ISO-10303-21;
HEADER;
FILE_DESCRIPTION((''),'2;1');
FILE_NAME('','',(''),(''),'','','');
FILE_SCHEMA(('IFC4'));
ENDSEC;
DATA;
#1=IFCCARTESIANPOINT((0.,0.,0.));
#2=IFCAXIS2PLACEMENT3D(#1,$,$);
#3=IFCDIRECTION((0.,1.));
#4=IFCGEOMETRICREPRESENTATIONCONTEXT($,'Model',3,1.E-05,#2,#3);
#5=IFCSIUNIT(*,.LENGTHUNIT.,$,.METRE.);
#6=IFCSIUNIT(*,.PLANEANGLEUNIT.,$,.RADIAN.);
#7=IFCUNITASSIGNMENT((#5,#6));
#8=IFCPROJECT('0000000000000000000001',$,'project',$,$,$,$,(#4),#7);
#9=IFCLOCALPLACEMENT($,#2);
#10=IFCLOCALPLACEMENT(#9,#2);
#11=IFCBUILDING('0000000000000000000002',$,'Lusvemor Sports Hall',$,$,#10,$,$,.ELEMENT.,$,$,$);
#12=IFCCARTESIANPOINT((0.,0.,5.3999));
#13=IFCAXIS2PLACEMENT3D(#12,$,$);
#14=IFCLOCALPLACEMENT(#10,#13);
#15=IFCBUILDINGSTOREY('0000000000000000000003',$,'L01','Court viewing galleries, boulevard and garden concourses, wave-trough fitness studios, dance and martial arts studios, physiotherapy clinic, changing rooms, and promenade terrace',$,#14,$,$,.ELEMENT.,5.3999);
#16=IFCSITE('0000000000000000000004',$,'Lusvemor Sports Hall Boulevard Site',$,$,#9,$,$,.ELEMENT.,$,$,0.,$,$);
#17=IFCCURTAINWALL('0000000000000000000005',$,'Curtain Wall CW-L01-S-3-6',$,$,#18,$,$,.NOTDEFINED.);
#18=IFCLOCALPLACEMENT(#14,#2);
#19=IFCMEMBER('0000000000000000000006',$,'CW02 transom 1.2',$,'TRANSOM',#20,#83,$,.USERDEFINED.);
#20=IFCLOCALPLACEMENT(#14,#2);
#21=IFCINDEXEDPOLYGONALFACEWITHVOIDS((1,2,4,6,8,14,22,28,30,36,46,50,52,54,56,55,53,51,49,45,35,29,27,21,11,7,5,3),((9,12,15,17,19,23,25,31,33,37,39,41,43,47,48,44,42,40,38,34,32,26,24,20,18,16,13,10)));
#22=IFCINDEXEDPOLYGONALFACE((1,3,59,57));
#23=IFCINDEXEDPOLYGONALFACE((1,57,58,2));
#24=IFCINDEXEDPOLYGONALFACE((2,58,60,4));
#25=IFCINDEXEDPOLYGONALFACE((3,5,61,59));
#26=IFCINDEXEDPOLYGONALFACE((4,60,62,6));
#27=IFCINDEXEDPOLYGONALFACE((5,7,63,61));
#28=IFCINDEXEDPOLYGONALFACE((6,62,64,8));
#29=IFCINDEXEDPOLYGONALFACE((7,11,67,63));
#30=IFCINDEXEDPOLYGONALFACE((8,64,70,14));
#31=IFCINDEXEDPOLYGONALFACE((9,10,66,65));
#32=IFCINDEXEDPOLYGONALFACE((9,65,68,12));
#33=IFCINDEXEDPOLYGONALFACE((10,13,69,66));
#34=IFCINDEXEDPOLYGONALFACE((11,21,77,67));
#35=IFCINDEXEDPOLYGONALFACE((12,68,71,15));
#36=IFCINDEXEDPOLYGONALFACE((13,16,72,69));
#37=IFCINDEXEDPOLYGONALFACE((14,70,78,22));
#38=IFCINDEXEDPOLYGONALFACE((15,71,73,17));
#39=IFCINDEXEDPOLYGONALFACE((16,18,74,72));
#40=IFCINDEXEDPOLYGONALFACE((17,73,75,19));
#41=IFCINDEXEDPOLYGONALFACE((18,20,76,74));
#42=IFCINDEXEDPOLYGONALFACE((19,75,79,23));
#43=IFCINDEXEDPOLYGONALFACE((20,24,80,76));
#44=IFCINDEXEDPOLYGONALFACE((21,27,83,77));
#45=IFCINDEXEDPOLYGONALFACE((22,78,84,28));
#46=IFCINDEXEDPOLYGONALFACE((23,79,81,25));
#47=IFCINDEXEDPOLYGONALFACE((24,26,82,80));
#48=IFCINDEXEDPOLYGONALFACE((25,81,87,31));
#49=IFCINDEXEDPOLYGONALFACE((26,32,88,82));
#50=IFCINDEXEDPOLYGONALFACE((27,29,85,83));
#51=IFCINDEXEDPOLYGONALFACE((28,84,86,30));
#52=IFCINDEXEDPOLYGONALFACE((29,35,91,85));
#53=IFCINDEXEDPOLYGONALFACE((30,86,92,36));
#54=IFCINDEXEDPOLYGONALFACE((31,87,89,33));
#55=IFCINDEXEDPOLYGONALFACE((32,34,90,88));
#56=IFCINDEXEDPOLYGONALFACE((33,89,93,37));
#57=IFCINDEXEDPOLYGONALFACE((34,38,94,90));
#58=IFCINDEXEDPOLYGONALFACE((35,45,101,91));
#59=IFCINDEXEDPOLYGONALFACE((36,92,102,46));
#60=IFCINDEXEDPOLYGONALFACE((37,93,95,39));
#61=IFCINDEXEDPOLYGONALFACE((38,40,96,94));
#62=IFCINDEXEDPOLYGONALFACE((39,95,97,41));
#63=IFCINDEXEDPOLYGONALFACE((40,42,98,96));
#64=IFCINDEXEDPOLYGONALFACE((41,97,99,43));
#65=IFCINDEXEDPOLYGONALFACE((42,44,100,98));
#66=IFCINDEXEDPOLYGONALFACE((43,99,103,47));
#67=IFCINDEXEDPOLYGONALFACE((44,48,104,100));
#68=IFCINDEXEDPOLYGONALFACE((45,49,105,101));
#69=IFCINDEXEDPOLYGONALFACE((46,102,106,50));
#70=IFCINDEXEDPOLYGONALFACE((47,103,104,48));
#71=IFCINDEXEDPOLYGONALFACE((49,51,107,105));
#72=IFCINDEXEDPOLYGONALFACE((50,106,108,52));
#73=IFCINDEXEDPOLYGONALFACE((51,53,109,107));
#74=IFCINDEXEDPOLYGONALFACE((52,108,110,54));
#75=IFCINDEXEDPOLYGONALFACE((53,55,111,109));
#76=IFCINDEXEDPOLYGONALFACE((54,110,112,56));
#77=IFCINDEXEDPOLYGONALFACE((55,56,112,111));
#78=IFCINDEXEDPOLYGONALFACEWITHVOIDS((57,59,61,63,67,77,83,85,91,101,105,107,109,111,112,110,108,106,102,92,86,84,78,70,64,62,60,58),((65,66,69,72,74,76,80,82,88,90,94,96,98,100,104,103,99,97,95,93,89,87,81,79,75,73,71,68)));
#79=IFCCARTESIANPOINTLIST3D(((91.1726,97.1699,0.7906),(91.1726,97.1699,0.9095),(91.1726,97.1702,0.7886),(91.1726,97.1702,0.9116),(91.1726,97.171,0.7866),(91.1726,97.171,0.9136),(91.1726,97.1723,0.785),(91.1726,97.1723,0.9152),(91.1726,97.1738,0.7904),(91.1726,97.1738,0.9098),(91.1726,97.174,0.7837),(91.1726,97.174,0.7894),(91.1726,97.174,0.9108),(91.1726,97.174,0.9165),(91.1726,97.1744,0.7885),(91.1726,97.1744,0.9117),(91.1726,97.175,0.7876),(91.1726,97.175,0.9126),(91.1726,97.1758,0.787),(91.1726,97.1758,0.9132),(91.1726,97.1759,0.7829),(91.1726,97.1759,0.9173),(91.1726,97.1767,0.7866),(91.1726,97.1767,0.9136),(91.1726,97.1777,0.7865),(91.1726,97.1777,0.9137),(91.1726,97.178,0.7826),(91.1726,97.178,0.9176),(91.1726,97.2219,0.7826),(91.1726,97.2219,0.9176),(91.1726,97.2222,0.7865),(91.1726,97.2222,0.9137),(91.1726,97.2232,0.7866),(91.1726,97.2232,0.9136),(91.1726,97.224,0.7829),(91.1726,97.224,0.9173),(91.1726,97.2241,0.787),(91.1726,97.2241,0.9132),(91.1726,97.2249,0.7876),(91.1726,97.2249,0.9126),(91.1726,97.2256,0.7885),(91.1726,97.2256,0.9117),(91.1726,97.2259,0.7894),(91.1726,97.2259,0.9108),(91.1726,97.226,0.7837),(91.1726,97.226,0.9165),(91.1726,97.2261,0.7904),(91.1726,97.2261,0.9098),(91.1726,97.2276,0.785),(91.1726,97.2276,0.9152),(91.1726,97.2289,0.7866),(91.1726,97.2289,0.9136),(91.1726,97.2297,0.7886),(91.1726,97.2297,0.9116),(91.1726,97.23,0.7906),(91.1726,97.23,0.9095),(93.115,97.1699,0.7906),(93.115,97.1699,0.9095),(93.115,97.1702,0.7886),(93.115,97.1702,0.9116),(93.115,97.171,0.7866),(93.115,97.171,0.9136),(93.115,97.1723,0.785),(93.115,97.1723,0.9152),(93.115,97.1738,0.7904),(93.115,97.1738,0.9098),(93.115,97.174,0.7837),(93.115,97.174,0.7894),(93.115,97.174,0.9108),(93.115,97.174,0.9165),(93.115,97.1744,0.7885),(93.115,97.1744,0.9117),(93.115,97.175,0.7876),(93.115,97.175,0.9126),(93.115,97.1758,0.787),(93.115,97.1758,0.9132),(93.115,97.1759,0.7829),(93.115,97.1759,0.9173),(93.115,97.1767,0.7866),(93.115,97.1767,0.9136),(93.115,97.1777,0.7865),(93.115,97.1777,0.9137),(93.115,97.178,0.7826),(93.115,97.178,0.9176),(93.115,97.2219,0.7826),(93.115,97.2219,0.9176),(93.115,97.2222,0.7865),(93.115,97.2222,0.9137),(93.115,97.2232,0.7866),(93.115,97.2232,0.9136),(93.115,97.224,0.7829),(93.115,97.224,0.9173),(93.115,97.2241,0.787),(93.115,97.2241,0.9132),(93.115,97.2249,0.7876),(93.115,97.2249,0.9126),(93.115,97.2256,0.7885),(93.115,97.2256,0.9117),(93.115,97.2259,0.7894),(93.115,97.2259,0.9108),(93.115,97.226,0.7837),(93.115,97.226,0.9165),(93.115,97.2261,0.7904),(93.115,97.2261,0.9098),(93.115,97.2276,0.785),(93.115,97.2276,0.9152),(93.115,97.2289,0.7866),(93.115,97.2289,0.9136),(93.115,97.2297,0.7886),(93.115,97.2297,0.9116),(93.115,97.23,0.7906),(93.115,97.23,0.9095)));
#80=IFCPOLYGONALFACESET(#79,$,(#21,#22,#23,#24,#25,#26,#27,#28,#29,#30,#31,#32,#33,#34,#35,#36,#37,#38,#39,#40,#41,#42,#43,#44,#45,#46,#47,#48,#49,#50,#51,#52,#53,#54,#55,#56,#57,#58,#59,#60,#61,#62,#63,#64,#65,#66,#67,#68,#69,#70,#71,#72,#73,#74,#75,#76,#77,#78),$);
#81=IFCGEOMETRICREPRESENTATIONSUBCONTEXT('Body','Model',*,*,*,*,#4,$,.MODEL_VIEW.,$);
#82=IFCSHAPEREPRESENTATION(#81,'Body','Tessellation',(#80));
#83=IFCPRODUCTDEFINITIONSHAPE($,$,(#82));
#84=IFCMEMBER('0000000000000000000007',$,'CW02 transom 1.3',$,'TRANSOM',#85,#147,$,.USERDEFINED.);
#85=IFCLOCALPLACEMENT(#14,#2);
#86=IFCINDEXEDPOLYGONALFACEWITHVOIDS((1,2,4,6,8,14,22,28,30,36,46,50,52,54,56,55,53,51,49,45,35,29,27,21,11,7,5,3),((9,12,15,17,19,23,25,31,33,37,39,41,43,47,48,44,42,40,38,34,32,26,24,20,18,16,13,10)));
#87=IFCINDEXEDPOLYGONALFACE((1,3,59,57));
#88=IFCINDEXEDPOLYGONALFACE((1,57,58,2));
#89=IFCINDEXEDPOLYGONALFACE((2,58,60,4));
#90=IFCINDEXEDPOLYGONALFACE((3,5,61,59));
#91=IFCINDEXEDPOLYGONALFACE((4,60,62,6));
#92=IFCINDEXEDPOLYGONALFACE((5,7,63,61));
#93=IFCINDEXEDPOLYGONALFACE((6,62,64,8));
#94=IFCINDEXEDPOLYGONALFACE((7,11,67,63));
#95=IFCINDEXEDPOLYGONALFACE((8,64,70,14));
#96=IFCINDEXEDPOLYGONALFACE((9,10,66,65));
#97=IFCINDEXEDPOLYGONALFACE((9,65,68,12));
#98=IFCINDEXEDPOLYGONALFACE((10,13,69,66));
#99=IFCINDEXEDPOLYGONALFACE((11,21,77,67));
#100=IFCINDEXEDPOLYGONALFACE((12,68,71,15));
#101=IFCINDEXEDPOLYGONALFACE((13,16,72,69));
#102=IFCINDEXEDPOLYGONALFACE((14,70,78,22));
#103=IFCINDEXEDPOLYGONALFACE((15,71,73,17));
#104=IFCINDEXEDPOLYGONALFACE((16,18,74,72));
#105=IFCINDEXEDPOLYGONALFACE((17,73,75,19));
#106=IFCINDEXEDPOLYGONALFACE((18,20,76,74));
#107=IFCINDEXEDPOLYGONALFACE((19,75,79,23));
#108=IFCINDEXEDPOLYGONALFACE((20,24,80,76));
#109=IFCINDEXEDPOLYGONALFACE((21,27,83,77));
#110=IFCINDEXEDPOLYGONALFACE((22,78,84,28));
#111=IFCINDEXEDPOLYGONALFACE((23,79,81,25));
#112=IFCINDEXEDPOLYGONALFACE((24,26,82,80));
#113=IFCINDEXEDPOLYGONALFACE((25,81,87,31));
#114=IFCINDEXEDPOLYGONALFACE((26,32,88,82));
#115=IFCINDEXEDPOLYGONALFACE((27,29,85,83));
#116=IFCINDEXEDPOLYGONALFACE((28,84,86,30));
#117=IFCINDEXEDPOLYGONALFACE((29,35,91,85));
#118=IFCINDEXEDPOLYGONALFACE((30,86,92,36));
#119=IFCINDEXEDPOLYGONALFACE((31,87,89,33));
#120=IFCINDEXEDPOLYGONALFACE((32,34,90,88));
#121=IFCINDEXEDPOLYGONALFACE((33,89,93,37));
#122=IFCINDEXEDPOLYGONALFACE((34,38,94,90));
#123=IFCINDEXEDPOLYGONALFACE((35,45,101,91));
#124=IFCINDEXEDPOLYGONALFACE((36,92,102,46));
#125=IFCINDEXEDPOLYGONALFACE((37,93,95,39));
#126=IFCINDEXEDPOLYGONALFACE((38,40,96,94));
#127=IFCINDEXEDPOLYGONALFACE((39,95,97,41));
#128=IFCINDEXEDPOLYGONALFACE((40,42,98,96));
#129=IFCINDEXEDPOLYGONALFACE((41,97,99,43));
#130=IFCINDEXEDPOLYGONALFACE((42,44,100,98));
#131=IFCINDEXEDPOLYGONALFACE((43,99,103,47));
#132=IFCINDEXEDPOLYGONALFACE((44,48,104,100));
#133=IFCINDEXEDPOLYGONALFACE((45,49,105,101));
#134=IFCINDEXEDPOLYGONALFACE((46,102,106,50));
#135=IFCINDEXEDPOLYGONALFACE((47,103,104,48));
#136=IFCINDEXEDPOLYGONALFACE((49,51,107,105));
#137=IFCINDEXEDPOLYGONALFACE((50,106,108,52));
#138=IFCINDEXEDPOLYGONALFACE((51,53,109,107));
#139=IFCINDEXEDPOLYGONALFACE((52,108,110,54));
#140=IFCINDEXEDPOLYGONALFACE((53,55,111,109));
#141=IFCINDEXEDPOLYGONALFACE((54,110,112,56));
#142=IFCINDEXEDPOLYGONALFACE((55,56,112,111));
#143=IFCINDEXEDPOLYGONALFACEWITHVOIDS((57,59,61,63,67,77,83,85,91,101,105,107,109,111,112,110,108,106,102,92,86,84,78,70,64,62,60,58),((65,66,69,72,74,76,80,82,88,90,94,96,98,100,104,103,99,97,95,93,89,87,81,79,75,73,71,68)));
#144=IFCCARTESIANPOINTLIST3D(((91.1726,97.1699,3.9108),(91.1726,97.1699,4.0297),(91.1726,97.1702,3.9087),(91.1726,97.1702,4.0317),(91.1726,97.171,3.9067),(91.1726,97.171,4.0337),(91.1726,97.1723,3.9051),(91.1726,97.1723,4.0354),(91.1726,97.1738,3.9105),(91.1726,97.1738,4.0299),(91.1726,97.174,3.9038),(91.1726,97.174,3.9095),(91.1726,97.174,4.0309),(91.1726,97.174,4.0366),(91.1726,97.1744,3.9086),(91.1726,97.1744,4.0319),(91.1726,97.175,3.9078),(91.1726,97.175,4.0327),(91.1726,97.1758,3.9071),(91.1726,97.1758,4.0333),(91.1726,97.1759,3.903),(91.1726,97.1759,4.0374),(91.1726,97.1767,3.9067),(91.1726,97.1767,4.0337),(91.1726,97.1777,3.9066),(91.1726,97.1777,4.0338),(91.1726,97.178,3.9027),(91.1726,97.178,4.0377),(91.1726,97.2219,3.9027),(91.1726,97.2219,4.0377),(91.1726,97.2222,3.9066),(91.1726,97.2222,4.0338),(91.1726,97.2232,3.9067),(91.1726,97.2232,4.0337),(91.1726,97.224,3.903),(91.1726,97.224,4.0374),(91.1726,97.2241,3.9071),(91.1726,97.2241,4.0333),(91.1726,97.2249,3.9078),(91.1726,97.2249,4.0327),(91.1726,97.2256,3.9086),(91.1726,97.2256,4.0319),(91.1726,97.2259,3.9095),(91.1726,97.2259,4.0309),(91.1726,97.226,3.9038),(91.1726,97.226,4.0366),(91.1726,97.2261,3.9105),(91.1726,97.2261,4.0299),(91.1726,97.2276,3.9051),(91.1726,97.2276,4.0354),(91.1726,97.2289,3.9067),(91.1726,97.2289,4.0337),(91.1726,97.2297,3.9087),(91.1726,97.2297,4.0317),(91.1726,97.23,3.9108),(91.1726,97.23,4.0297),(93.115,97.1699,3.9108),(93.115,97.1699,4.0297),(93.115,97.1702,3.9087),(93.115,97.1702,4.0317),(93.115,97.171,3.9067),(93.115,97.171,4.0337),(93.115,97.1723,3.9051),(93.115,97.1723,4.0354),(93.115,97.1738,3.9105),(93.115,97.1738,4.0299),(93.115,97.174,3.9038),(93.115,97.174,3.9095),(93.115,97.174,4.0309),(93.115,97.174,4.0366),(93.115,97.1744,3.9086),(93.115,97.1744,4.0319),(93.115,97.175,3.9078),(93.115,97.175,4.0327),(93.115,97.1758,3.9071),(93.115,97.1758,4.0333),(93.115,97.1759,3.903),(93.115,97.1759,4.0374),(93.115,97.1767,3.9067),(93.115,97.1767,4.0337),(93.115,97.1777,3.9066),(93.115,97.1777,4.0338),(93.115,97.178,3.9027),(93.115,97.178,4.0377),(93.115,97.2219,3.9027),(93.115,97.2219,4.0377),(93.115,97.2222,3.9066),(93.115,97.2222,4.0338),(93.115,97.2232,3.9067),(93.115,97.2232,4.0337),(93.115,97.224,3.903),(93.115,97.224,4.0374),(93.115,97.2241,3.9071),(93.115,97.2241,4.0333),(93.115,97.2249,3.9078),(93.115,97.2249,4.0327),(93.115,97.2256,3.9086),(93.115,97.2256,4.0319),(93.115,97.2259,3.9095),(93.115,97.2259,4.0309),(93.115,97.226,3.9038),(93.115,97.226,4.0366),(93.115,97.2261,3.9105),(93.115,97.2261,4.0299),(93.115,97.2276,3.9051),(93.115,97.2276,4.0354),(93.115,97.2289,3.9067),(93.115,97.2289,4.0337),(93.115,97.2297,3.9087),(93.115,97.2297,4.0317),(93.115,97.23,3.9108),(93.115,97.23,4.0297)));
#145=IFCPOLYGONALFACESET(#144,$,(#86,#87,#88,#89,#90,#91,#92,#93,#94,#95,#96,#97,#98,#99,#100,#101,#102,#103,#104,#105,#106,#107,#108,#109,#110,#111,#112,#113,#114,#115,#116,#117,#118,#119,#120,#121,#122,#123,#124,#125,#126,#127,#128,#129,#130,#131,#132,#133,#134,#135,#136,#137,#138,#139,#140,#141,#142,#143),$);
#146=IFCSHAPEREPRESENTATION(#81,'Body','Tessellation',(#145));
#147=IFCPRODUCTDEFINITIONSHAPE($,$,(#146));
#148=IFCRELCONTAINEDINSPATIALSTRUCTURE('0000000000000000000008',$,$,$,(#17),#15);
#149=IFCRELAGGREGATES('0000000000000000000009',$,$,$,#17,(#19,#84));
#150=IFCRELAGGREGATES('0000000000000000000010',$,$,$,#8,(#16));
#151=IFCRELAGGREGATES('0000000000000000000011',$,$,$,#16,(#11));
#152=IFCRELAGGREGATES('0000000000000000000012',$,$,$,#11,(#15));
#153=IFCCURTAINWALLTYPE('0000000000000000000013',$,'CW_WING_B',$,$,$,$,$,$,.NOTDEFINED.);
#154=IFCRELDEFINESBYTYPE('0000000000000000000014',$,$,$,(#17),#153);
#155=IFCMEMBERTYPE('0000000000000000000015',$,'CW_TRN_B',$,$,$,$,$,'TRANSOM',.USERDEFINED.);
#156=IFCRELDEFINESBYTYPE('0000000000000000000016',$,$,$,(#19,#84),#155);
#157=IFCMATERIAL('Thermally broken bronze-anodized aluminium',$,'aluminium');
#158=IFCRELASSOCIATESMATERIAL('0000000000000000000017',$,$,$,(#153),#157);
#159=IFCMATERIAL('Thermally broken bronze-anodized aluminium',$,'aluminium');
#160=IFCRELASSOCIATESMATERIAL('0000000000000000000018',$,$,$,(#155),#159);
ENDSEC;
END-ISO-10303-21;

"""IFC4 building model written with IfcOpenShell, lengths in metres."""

from ifc_helpers import new_model, si_unit, direction, frame, origin, origin_2d, place, context, subcontext, project, spatial, hollow_rectangle, extrude, material, material_profile, profile_set, type_object, element, aggregate, save


model = new_model("IFC4")

# Units and contexts
model_context = context("Model", 3, precision=1e-05, world=origin(), true_north=direction((0.0, 1.0)))
body_context = subcontext(model_context, "Body", "Model", "MODEL_VIEW")
ifc_project = project(units=[si_unit("LENGTHUNIT", "METRE"), si_unit("PLANEANGLEUNIT", "RADIAN")], contexts=[model_context])

# Site, building, storey
site_placement = place(None, origin())
site = spatial("IfcSite", under=ifc_project, at=site_placement, Name="Lusvemor Sports Hall Boulevard Site", CompositionType="ELEMENT", RefElevation=0.0)
building_placement = place(site_placement, origin())
building = spatial("IfcBuilding", under=site, at=building_placement, Name="Lusvemor Sports Hall", CompositionType="ELEMENT")
storey_placement = place(building_placement, frame((0.0, 0.0, 5.3999)))
storey = spatial("IfcBuildingStorey", under=building, at=storey_placement, Name="L01", Description="Court viewing galleries, boulevard and garden concourses, wave-trough fitness studios, dance and martial arts studios, physiotherapy clinic, changing rooms, and promenade terrace", CompositionType="ELEMENT", Elevation=5.3999)

# Curtain wall, members
ifc_material_1 = material(Name="Thermally broken bronze-anodized aluminium", Category="aluminium")
curtain_wall_type = type_object("IfcCurtainWallType", Name="CW_WING_B", PredefinedType="NOTDEFINED", material=ifc_material_1)
curtain_wall_placement = place(storey_placement, origin())
curtain_wall = element("IfcCurtainWall", 1, at=curtain_wall_placement, inside=storey, type_object=curtain_wall_type, Name="Curtain Wall CW-L01-S-3-6", PredefinedType="NOTDEFINED")
ifc_material_2 = material(Name="Thermally broken bronze-anodized aluminium", Category="aluminium")
ifc_material_profile_1 = material_profile(ifc_material_2, hollow_rectangle(XDim=0.0601, YDim=0.135, WallThickness=0.0039, InnerFilletRadius=0.0039, OuterFilletRadius=0.0081, at=origin_2d()), Name="CWTRN135x60x4")
ifc_profile_set_1 = profile_set([ifc_material_profile_1], Name="Thermally broken bronze-anodized aluminium")
member_type_1 = type_object("IfcMemberType", Name="CW_TRN_B", ElementType="TRANSOM", PredefinedType="USERDEFINED", material=ifc_profile_set_1)
member_1_placement = place(storey_placement, frame((93.115, 97.2, 0.8501), z_axis=(-1.0, 0.0, 0.0), x_axis=(0.0, -1.0, 0.0)))
member_1 = element("IfcMember", 2, at=member_1_placement, type_object=member_type_1, Name="CW02 transom 1.2", ObjectType="TRANSOM", PredefinedType="USERDEFINED", context=body_context, shape_type="SweptSolid", body=[
    extrude(hollow_rectangle(XDim=0.0601, YDim=0.135, WallThickness=0.0039, InnerFilletRadius=0.0039, OuterFilletRadius=0.0081, at=origin_2d()), origin(), (0.0, 0.0, 1.0), 1.9424),
])
member_2_placement = place(storey_placement, frame((93.115, 97.2, 3.9702), z_axis=(-1.0, 0.0, 0.0), x_axis=(0.0, -1.0, 0.0)))
member_2 = element("IfcMember", 3, at=member_2_placement, type_object=member_type_1, Name="CW02 transom 1.3", ObjectType="TRANSOM", PredefinedType="USERDEFINED", context=body_context, shape_type="SweptSolid", body=[
    extrude(hollow_rectangle(XDim=0.0601, YDim=0.135, WallThickness=0.0039, InnerFilletRadius=0.0039, OuterFilletRadius=0.0081, at=origin_2d()), origin(), (0.0, 0.0, 1.0), 1.9424),
])

aggregate(curtain_wall, [member_1, member_2])

save(model, "model.ifc")
